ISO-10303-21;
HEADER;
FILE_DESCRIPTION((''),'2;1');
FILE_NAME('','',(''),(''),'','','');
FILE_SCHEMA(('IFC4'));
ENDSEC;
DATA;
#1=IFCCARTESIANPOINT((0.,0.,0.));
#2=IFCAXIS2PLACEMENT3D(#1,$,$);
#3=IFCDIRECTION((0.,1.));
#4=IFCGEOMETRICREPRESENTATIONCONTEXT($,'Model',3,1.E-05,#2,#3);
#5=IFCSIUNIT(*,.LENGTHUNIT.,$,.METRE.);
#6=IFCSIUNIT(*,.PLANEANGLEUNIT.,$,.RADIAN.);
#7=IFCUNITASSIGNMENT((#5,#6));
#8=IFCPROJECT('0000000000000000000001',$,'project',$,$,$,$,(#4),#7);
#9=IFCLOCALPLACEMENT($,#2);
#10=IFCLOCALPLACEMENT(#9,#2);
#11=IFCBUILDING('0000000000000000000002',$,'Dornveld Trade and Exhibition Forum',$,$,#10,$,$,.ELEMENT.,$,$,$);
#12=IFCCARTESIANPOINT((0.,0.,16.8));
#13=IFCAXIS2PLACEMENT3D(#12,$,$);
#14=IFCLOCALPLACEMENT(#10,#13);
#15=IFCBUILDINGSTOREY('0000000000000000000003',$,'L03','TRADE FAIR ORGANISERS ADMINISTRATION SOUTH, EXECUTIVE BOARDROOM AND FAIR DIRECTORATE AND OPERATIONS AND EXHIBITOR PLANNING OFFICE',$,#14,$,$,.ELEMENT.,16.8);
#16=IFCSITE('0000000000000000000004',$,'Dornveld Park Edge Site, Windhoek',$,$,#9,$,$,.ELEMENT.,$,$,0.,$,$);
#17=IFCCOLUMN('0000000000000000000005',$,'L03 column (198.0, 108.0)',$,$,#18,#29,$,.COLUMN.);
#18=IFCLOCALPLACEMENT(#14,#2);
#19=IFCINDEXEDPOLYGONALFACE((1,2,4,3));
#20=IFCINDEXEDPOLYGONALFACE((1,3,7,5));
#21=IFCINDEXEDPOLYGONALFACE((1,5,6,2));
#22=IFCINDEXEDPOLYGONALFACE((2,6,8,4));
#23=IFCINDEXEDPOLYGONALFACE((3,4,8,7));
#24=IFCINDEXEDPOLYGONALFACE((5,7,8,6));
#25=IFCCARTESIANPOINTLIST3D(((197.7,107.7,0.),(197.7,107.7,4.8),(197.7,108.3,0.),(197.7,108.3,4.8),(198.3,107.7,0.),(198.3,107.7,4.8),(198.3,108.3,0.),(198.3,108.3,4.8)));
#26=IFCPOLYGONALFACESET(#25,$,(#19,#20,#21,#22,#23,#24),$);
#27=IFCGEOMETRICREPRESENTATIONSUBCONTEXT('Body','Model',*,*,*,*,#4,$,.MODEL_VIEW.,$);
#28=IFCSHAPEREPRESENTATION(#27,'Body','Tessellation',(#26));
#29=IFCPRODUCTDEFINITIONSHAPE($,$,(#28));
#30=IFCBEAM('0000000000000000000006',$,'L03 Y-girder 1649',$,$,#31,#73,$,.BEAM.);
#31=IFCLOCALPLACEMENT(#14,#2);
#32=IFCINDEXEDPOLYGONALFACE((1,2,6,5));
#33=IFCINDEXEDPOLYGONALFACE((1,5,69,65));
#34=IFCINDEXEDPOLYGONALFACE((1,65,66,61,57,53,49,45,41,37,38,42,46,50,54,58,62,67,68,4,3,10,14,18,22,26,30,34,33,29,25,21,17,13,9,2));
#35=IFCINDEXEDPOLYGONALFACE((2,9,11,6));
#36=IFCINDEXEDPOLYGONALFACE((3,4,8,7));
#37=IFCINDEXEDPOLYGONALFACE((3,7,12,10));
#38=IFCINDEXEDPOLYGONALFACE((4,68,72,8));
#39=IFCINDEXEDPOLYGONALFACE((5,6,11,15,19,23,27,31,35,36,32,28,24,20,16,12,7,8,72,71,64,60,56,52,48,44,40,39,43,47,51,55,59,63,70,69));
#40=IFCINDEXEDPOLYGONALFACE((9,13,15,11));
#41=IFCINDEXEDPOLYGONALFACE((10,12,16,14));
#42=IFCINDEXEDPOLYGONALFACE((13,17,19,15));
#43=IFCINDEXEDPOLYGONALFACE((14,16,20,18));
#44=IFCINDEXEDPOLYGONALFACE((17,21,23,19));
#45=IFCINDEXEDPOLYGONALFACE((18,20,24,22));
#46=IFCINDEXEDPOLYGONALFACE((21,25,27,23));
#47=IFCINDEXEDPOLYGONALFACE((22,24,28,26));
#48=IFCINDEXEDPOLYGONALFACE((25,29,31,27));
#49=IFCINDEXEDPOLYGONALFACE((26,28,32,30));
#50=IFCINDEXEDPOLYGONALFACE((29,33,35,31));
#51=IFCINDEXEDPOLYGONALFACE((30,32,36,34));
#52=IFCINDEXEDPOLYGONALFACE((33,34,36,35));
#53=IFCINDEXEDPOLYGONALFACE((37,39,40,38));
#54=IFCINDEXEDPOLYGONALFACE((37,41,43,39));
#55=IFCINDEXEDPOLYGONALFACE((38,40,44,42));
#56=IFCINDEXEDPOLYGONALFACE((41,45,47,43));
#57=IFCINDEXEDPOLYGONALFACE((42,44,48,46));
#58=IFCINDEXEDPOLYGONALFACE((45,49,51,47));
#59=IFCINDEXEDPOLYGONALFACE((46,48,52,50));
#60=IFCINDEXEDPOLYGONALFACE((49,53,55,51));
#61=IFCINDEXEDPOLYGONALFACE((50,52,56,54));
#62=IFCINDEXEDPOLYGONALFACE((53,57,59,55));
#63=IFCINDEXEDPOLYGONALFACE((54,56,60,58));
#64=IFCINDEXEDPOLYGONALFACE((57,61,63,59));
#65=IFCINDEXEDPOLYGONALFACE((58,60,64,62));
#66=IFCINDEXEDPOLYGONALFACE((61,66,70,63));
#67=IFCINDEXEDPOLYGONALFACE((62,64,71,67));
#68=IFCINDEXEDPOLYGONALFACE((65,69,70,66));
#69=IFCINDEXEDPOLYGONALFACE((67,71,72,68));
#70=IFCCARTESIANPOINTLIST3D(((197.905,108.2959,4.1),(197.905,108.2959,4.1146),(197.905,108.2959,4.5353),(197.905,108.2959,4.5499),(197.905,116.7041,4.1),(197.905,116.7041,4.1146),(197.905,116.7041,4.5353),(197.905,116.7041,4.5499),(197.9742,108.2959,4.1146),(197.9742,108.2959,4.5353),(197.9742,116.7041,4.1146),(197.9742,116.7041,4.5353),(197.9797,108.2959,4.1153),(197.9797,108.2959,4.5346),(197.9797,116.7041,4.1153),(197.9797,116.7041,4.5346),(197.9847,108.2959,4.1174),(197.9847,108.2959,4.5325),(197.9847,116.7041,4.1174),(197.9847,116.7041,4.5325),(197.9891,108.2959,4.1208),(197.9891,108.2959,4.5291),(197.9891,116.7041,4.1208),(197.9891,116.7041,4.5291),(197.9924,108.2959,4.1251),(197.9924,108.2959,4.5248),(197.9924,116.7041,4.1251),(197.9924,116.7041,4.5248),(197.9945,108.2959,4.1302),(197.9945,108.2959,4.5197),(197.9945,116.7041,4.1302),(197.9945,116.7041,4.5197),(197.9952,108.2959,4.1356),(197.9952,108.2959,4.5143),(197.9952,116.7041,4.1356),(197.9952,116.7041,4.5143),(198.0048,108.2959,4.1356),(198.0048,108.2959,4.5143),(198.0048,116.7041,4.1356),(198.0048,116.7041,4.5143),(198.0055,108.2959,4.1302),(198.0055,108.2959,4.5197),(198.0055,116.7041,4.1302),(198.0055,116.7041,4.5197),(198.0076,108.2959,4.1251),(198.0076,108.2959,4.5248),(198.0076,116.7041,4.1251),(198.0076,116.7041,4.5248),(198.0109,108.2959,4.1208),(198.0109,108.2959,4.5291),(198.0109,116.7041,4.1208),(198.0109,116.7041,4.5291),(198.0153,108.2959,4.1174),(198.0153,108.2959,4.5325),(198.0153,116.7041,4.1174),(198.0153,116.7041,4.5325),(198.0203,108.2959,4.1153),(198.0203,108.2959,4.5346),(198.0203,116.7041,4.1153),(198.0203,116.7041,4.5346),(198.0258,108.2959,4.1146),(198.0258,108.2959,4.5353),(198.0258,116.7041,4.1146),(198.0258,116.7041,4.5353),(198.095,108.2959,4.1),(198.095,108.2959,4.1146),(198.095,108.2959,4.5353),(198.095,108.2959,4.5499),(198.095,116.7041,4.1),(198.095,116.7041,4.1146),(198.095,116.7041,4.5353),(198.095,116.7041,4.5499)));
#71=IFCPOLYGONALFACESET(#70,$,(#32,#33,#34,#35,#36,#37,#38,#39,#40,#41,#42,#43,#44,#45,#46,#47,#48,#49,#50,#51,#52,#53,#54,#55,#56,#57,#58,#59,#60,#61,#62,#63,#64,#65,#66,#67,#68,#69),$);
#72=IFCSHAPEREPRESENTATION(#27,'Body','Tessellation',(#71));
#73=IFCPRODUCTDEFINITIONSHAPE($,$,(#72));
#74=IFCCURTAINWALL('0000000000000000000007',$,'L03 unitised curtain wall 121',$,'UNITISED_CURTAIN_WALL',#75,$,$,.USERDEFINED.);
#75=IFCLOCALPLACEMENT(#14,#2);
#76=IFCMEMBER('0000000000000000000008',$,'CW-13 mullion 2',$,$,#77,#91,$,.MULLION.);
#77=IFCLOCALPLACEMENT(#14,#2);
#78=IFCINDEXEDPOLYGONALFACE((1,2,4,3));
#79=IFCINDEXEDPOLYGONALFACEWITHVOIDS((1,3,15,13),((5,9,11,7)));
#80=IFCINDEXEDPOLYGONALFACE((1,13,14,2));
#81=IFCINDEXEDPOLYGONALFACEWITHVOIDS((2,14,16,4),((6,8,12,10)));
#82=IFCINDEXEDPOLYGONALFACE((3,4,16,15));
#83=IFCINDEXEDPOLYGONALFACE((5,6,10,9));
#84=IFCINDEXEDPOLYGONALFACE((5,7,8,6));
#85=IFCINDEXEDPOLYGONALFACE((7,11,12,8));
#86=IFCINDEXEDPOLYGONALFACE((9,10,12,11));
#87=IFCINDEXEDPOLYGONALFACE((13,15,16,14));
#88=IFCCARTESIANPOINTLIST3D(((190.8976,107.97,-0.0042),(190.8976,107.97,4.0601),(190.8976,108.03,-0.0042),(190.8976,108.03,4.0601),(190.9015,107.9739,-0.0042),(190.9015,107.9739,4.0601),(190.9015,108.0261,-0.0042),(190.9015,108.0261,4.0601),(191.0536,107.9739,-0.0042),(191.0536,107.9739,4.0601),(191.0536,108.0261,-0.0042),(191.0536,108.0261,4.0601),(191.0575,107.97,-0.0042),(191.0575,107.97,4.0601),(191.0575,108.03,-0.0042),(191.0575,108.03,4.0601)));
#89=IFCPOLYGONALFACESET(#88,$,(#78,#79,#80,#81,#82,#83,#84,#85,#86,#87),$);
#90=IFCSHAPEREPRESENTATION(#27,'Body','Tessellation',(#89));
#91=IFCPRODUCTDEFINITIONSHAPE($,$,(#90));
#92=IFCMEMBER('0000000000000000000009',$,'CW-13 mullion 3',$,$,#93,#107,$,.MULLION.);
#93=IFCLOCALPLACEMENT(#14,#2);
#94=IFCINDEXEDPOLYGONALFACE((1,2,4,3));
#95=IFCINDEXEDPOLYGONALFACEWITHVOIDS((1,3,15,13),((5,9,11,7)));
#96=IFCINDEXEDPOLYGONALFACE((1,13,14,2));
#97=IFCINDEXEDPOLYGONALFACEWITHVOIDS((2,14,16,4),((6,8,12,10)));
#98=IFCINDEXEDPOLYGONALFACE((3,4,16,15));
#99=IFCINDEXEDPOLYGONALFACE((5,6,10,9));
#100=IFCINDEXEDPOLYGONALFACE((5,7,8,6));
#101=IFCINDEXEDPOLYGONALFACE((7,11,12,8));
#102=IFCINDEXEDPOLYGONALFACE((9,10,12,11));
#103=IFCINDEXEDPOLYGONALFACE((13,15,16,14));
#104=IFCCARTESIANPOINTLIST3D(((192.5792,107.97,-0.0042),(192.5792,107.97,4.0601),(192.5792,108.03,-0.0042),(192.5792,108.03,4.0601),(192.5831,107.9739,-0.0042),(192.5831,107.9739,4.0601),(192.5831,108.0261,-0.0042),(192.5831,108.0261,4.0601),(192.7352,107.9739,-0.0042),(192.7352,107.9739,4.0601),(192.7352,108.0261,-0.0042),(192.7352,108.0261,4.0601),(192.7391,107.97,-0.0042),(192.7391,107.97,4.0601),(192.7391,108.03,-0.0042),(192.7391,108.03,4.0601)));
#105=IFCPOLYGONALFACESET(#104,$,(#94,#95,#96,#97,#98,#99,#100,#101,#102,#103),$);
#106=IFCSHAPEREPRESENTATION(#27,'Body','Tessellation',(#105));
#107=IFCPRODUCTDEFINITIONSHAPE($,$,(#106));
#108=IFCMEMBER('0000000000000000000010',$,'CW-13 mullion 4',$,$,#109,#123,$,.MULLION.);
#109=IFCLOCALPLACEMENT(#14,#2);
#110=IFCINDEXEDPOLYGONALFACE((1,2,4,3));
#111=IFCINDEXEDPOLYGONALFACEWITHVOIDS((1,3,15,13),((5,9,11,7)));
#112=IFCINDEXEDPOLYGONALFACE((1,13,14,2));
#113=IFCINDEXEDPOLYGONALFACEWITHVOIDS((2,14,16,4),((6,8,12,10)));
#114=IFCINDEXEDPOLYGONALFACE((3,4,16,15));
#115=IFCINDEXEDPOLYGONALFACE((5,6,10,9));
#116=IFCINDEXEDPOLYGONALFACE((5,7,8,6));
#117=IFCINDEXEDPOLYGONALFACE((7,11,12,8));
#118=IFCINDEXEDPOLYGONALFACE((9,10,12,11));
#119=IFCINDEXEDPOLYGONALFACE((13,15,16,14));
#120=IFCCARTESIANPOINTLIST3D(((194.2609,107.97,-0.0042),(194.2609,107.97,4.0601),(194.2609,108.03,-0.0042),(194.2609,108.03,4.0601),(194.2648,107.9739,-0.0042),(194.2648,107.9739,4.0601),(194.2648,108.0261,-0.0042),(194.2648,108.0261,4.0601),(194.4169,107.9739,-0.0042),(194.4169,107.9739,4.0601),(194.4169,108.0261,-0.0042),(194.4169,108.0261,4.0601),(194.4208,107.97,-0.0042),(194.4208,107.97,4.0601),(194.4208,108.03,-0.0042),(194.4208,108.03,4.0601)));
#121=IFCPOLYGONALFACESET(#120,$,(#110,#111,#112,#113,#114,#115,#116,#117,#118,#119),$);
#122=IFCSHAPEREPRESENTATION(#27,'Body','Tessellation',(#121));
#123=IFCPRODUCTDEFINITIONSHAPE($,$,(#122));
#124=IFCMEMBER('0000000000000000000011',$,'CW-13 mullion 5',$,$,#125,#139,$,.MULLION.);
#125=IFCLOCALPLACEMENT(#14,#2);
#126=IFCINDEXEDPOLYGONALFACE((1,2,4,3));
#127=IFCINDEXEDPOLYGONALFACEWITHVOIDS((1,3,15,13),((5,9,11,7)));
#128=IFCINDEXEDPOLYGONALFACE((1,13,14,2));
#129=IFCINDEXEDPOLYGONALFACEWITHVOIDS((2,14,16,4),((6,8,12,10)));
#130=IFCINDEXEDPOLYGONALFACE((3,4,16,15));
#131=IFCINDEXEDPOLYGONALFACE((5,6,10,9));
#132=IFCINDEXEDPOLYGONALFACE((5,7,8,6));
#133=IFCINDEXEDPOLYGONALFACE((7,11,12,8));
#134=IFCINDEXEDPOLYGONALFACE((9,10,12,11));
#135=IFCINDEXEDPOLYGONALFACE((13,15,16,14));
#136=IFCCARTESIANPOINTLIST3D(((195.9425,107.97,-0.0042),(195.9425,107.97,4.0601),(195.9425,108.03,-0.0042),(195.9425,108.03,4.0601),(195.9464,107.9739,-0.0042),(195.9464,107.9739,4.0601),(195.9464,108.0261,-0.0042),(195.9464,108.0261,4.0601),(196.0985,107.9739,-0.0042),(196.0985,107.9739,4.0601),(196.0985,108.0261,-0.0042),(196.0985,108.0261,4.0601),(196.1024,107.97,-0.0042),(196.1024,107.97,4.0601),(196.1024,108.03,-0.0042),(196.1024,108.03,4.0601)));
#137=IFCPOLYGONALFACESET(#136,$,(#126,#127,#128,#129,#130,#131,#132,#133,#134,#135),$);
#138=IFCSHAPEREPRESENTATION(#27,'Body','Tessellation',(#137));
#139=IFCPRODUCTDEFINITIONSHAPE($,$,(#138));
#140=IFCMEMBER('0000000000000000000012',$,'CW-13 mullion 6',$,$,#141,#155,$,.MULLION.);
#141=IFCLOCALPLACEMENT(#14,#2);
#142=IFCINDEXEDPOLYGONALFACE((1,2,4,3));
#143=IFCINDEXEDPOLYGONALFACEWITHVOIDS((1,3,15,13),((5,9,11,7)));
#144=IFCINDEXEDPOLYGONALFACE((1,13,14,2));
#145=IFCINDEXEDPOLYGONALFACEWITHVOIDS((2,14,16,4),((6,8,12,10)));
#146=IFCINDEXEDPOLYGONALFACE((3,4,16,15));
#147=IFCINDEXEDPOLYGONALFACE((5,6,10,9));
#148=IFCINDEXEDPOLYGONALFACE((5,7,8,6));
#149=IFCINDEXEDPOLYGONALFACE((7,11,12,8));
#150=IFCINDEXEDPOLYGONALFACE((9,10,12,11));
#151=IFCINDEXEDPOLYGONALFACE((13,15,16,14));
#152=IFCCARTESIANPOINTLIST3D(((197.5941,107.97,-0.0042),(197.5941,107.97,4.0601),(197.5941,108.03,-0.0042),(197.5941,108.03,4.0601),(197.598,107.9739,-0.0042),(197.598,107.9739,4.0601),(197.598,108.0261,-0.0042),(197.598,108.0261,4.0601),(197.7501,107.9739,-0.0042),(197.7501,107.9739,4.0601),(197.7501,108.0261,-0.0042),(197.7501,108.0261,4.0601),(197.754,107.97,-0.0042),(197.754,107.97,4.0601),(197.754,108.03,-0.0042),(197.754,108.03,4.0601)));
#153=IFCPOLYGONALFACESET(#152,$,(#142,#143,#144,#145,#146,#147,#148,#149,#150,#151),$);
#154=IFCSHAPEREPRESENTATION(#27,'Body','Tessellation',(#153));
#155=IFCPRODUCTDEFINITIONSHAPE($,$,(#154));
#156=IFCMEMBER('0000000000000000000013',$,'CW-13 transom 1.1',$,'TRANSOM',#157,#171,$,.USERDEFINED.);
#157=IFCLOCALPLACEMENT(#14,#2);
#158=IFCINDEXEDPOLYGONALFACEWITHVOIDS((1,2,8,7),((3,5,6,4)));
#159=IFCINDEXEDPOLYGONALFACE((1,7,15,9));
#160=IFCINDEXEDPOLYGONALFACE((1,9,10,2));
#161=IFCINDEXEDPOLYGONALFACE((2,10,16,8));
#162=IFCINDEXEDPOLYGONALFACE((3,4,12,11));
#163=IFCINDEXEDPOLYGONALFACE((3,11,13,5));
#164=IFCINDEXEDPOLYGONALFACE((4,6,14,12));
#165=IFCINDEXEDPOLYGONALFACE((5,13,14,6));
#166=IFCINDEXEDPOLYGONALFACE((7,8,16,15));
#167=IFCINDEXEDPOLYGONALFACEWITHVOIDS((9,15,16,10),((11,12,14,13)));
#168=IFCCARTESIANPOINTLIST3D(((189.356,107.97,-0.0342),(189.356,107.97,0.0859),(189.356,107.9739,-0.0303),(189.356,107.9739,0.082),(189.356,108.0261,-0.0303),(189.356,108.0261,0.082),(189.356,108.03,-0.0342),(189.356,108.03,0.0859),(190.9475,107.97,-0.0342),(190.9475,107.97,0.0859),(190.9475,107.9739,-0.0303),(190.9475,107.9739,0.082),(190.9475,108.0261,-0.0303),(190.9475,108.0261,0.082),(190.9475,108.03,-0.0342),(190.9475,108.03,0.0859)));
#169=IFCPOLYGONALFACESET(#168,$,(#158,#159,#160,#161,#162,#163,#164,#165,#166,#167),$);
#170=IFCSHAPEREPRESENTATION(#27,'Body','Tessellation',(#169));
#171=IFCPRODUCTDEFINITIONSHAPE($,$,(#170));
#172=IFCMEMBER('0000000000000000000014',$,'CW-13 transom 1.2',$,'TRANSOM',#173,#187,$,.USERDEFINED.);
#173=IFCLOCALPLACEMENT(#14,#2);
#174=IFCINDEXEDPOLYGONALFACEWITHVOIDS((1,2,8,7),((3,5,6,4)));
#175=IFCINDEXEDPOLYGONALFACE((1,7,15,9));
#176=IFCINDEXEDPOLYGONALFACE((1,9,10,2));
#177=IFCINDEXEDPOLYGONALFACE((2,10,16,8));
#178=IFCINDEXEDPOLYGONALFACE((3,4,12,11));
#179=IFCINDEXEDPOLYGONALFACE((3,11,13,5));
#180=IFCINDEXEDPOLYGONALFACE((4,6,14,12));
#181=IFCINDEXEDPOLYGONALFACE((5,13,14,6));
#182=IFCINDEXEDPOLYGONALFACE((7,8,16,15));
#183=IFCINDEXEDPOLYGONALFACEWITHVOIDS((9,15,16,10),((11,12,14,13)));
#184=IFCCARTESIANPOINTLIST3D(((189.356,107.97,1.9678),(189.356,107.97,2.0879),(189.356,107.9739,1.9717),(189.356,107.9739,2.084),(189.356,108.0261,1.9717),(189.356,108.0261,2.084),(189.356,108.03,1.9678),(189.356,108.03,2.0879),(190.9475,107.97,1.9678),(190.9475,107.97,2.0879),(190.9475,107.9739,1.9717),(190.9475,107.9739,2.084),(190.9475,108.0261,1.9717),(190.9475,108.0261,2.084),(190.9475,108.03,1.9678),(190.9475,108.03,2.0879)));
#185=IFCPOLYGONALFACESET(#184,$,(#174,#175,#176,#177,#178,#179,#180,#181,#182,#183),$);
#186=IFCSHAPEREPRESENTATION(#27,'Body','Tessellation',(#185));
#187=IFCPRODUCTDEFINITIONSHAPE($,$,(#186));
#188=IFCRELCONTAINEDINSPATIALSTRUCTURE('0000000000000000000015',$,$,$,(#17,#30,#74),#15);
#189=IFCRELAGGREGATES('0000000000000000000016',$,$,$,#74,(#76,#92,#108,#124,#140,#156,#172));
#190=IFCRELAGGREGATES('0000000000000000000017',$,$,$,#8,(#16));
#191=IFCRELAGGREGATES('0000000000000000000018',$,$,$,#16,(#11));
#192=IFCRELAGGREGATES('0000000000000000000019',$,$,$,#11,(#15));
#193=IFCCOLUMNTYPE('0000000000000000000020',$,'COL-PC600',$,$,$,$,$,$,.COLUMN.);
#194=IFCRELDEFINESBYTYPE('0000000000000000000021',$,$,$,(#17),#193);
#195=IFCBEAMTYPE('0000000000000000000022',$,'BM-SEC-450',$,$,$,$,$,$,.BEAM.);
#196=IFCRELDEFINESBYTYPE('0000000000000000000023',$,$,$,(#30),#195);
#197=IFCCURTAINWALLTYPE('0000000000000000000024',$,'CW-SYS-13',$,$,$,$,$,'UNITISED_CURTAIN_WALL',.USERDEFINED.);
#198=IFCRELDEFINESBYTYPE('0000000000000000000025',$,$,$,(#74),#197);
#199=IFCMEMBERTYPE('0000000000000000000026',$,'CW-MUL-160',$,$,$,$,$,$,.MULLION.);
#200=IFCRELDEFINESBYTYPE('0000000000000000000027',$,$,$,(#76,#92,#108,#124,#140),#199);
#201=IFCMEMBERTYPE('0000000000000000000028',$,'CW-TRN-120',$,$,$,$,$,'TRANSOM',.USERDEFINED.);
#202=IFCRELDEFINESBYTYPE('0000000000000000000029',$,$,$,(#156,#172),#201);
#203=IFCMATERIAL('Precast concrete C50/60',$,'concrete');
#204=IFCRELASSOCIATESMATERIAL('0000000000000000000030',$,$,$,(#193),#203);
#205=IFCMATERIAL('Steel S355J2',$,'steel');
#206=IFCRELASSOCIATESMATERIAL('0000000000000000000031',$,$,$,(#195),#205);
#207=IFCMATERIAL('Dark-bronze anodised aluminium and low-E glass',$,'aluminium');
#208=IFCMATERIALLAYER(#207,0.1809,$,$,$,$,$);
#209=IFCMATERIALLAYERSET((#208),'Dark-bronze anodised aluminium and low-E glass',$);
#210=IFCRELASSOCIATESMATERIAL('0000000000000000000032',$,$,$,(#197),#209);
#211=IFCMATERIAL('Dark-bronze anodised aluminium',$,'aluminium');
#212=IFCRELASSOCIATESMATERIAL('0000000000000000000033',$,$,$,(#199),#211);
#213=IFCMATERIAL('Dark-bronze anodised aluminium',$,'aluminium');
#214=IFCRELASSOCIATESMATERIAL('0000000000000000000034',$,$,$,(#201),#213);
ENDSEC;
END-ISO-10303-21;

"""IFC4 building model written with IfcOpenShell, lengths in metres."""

from ifc_helpers import new_model, si_unit, direction, frame, origin, origin_2d, place, context, subcontext, project, spatial, rectangle, hollow_rectangle, i_section, extrude, material, layer, layer_set, material_profile, profile_set, type_object, element, aggregate, save


model = new_model("IFC4")

# Units and contexts
model_context = context("Model", 3, precision=1e-05, world=origin(), true_north=direction((0.0, 1.0)))
body_context = subcontext(model_context, "Body", "Model", "MODEL_VIEW")
ifc_project = project(units=[si_unit("LENGTHUNIT", "METRE"), si_unit("PLANEANGLEUNIT", "RADIAN")], contexts=[model_context])

# Site, building, storey
site_placement = place(None, origin())
site = spatial("IfcSite", under=ifc_project, at=site_placement, Name="Dornveld Park Edge Site, Windhoek", CompositionType="ELEMENT", RefElevation=0.0)
building_placement = place(site_placement, origin())
building = spatial("IfcBuilding", under=site, at=building_placement, Name="Dornveld Trade and Exhibition Forum", CompositionType="ELEMENT")
storey_placement = place(building_placement, frame((0.0, 0.0, 16.8)))
storey = spatial("IfcBuildingStorey", under=building, at=storey_placement, Name="L03", Description="TRADE FAIR ORGANISERS ADMINISTRATION SOUTH, EXECUTIVE BOARDROOM AND FAIR DIRECTORATE AND OPERATIONS AND EXHIBITOR PLANNING OFFICE", CompositionType="ELEMENT", Elevation=16.8)

# Column
ifc_material_1 = material(Name="Precast concrete C50/60", Category="concrete")
ifc_material_profile_1 = material_profile(ifc_material_1, rectangle(XDim=0.6001, YDim=0.6001, at=origin_2d()), Name="PC-COL 600x600")
ifc_profile_set_1 = profile_set([ifc_material_profile_1], Name="Precast concrete C50/60")
column_type = type_object("IfcColumnType", Name="COL-PC600", PredefinedType="COLUMN", material=ifc_profile_set_1)
column_placement = place(storey_placement, frame((198.0, 108.0, 0.0), z_axis=(0.0, 0.0, 1.0), x_axis=(1.0, 0.0, 0.0)))
element("IfcColumn", 1, at=column_placement, inside=storey, type_object=column_type, Name="L03 column (198.0, 108.0)", PredefinedType="COLUMN", context=body_context, shape_type="SweptSolid", body=[
    extrude(rectangle(XDim=0.6001, YDim=0.6001, at=origin_2d()), origin(), (0.0, 0.0, 1.0), 4.8),
])

# Beam
ifc_material_2 = material(Name="Steel S355J2", Category="steel")
ifc_material_profile_2 = material_profile(ifc_material_2, i_section(OverallWidth=0.1899, OverallDepth=0.45, WebThickness=0.0095, FlangeThickness=0.0146, FilletRadius=0.021, at=origin_2d()), Name="IPE 450")
ifc_profile_set_2 = profile_set([ifc_material_profile_2], Name="Steel S355J2")
beam_type = type_object("IfcBeamType", Name="BM-SEC-450", PredefinedType="BEAM", material=ifc_profile_set_2)
beam_placement = place(storey_placement, frame((198.0, 108.2959, 4.325), z_axis=(0.0, 1.0, 0.0), x_axis=(-1.0, 0.0, 0.0)))
element("IfcBeam", 2, at=beam_placement, inside=storey, type_object=beam_type, Name="L03 Y-girder 1649", PredefinedType="BEAM", context=body_context, shape_type="SweptSolid", body=[
    extrude(i_section(OverallWidth=0.1899, OverallDepth=0.45, WebThickness=0.0095, FlangeThickness=0.0146, FilletRadius=0.021, at=origin_2d()), origin(), (0.0, 0.0, 1.0), 8.4082),
])

# Curtain wall, members
ifc_material_3 = material(Name="Dark-bronze anodised aluminium and low-E glass", Category="aluminium")
ifc_layer_1 = layer(ifc_material_3, 0.1809)
ifc_layer_set_1 = layer_set([ifc_layer_1], Name="Dark-bronze anodised aluminium and low-E glass")
curtain_wall_type = type_object("IfcCurtainWallType", Name="CW-SYS-13", ElementType="UNITISED_CURTAIN_WALL", PredefinedType="USERDEFINED", material=ifc_layer_set_1)
curtain_wall_placement = place(storey_placement, origin())
curtain_wall = element("IfcCurtainWall", 3, at=curtain_wall_placement, inside=storey, type_object=curtain_wall_type, Name="L03 unitised curtain wall 121", ObjectType="UNITISED_CURTAIN_WALL", PredefinedType="USERDEFINED")
ifc_material_4 = material(Name="Dark-bronze anodised aluminium", Category="aluminium")
ifc_material_profile_3 = material_profile(ifc_material_4, hollow_rectangle(XDim=0.0601, YDim=0.1599, WallThickness=0.0039, at=origin_2d()), Name="RHS 160x60x4")
ifc_profile_set_3 = profile_set([ifc_material_profile_3], Name="Dark-bronze anodised aluminium")
member_type_1 = type_object("IfcMemberType", Name="CW-MUL-160", PredefinedType="MULLION", material=ifc_profile_set_3)
member_1_placement = place(storey_placement, frame((190.9775, 108.0, -0.0042), z_axis=(0.0, 0.0, 1.0), x_axis=(0.0, 1.0, 0.0)))
member_1 = element("IfcMember", 4, at=member_1_placement, type_object=member_type_1, Name="CW-13 mullion 2", PredefinedType="MULLION", context=body_context, shape_type="SweptSolid", body=[
    extrude(hollow_rectangle(XDim=0.0601, YDim=0.1599, WallThickness=0.0039, at=origin_2d()), origin(), (0.0, 0.0, 1.0), 4.0642),
])
member_2_placement = place(storey_placement, frame((192.6592, 108.0, -0.0042), z_axis=(0.0, 0.0, 1.0), x_axis=(0.0, 1.0, 0.0)))
member_2 = element("IfcMember", 5, at=member_2_placement, type_object=member_type_1, Name="CW-13 mullion 3", PredefinedType="MULLION", context=body_context, shape_type="SweptSolid", body=[
    extrude(hollow_rectangle(XDim=0.0601, YDim=0.1599, WallThickness=0.0039, at=origin_2d()), origin(), (0.0, 0.0, 1.0), 4.0642),
])
member_3_placement = place(storey_placement, frame((194.3408, 108.0, -0.0042), z_axis=(0.0, 0.0, 1.0), x_axis=(0.0, 1.0, 0.0)))
member_3 = element("IfcMember", 6, at=member_3_placement, type_object=member_type_1, Name="CW-13 mullion 4", PredefinedType="MULLION", context=body_context, shape_type="SweptSolid", body=[
    extrude(hollow_rectangle(XDim=0.0601, YDim=0.1599, WallThickness=0.0039, at=origin_2d()), origin(), (0.0, 0.0, 1.0), 4.0642),
])
member_4_placement = place(storey_placement, frame((196.0225, 108.0, -0.0042), z_axis=(0.0, 0.0, 1.0), x_axis=(0.0, 1.0, 0.0)))
member_4 = element("IfcMember", 7, at=member_4_placement, type_object=member_type_1, Name="CW-13 mullion 5", PredefinedType="MULLION", context=body_context, shape_type="SweptSolid", body=[
    extrude(hollow_rectangle(XDim=0.0601, YDim=0.1599, WallThickness=0.0039, at=origin_2d()), origin(), (0.0, 0.0, 1.0), 4.0642),
])
member_5_placement = place(storey_placement, frame((197.6741, 108.0, -0.0042), z_axis=(0.0, 0.0, 1.0), x_axis=(0.0, 1.0, 0.0)))
member_5 = element("IfcMember", 8, at=member_5_placement, type_object=member_type_1, Name="CW-13 mullion 6", PredefinedType="MULLION", context=body_context, shape_type="SweptSolid", body=[
    extrude(hollow_rectangle(XDim=0.0601, YDim=0.1599, WallThickness=0.0039, at=origin_2d()), origin(), (0.0, 0.0, 1.0), 4.0642),
])
ifc_material_5 = material(Name="Dark-bronze anodised aluminium", Category="aluminium")
ifc_material_profile_4 = material_profile(ifc_material_5, hollow_rectangle(XDim=0.0601, YDim=0.1201, WallThickness=0.0039, at=origin_2d()), Name="RHS 120x60x4")
ifc_profile_set_4 = profile_set([ifc_material_profile_4], Name="Dark-bronze anodised aluminium")
member_type_2 = type_object("IfcMemberType", Name="CW-TRN-120", ElementType="TRANSOM", PredefinedType="USERDEFINED", material=ifc_profile_set_4)
member_6_placement = place(storey_placement, frame((189.356, 108.0, 0.0259), z_axis=(1.0, 0.0, 0.0), x_axis=(0.0, 1.0, 0.0)))
member_6 = element("IfcMember", 9, at=member_6_placement, type_object=member_type_2, Name="CW-13 transom 1.1", ObjectType="TRANSOM", PredefinedType="USERDEFINED", context=body_context, shape_type="SweptSolid", body=[
    extrude(hollow_rectangle(XDim=0.0601, YDim=0.1201, WallThickness=0.0039, at=origin_2d()), origin(), (0.0, 0.0, 1.0), 1.5916),
])
member_7_placement = place(storey_placement, frame((189.356, 108.0, 2.0278), z_axis=(1.0, 0.0, 0.0), x_axis=(0.0, 1.0, 0.0)))
member_7 = element("IfcMember", 10, at=member_7_placement, type_object=member_type_2, Name="CW-13 transom 1.2", ObjectType="TRANSOM", PredefinedType="USERDEFINED", context=body_context, shape_type="SweptSolid", body=[
    extrude(hollow_rectangle(XDim=0.0601, YDim=0.1201, WallThickness=0.0039, at=origin_2d()), origin(), (0.0, 0.0, 1.0), 1.5916),
])
aggregate(curtain_wall, [member_1, member_2, member_3, member_4, member_5, member_6, member_7])

save(model, "model.ifc")
